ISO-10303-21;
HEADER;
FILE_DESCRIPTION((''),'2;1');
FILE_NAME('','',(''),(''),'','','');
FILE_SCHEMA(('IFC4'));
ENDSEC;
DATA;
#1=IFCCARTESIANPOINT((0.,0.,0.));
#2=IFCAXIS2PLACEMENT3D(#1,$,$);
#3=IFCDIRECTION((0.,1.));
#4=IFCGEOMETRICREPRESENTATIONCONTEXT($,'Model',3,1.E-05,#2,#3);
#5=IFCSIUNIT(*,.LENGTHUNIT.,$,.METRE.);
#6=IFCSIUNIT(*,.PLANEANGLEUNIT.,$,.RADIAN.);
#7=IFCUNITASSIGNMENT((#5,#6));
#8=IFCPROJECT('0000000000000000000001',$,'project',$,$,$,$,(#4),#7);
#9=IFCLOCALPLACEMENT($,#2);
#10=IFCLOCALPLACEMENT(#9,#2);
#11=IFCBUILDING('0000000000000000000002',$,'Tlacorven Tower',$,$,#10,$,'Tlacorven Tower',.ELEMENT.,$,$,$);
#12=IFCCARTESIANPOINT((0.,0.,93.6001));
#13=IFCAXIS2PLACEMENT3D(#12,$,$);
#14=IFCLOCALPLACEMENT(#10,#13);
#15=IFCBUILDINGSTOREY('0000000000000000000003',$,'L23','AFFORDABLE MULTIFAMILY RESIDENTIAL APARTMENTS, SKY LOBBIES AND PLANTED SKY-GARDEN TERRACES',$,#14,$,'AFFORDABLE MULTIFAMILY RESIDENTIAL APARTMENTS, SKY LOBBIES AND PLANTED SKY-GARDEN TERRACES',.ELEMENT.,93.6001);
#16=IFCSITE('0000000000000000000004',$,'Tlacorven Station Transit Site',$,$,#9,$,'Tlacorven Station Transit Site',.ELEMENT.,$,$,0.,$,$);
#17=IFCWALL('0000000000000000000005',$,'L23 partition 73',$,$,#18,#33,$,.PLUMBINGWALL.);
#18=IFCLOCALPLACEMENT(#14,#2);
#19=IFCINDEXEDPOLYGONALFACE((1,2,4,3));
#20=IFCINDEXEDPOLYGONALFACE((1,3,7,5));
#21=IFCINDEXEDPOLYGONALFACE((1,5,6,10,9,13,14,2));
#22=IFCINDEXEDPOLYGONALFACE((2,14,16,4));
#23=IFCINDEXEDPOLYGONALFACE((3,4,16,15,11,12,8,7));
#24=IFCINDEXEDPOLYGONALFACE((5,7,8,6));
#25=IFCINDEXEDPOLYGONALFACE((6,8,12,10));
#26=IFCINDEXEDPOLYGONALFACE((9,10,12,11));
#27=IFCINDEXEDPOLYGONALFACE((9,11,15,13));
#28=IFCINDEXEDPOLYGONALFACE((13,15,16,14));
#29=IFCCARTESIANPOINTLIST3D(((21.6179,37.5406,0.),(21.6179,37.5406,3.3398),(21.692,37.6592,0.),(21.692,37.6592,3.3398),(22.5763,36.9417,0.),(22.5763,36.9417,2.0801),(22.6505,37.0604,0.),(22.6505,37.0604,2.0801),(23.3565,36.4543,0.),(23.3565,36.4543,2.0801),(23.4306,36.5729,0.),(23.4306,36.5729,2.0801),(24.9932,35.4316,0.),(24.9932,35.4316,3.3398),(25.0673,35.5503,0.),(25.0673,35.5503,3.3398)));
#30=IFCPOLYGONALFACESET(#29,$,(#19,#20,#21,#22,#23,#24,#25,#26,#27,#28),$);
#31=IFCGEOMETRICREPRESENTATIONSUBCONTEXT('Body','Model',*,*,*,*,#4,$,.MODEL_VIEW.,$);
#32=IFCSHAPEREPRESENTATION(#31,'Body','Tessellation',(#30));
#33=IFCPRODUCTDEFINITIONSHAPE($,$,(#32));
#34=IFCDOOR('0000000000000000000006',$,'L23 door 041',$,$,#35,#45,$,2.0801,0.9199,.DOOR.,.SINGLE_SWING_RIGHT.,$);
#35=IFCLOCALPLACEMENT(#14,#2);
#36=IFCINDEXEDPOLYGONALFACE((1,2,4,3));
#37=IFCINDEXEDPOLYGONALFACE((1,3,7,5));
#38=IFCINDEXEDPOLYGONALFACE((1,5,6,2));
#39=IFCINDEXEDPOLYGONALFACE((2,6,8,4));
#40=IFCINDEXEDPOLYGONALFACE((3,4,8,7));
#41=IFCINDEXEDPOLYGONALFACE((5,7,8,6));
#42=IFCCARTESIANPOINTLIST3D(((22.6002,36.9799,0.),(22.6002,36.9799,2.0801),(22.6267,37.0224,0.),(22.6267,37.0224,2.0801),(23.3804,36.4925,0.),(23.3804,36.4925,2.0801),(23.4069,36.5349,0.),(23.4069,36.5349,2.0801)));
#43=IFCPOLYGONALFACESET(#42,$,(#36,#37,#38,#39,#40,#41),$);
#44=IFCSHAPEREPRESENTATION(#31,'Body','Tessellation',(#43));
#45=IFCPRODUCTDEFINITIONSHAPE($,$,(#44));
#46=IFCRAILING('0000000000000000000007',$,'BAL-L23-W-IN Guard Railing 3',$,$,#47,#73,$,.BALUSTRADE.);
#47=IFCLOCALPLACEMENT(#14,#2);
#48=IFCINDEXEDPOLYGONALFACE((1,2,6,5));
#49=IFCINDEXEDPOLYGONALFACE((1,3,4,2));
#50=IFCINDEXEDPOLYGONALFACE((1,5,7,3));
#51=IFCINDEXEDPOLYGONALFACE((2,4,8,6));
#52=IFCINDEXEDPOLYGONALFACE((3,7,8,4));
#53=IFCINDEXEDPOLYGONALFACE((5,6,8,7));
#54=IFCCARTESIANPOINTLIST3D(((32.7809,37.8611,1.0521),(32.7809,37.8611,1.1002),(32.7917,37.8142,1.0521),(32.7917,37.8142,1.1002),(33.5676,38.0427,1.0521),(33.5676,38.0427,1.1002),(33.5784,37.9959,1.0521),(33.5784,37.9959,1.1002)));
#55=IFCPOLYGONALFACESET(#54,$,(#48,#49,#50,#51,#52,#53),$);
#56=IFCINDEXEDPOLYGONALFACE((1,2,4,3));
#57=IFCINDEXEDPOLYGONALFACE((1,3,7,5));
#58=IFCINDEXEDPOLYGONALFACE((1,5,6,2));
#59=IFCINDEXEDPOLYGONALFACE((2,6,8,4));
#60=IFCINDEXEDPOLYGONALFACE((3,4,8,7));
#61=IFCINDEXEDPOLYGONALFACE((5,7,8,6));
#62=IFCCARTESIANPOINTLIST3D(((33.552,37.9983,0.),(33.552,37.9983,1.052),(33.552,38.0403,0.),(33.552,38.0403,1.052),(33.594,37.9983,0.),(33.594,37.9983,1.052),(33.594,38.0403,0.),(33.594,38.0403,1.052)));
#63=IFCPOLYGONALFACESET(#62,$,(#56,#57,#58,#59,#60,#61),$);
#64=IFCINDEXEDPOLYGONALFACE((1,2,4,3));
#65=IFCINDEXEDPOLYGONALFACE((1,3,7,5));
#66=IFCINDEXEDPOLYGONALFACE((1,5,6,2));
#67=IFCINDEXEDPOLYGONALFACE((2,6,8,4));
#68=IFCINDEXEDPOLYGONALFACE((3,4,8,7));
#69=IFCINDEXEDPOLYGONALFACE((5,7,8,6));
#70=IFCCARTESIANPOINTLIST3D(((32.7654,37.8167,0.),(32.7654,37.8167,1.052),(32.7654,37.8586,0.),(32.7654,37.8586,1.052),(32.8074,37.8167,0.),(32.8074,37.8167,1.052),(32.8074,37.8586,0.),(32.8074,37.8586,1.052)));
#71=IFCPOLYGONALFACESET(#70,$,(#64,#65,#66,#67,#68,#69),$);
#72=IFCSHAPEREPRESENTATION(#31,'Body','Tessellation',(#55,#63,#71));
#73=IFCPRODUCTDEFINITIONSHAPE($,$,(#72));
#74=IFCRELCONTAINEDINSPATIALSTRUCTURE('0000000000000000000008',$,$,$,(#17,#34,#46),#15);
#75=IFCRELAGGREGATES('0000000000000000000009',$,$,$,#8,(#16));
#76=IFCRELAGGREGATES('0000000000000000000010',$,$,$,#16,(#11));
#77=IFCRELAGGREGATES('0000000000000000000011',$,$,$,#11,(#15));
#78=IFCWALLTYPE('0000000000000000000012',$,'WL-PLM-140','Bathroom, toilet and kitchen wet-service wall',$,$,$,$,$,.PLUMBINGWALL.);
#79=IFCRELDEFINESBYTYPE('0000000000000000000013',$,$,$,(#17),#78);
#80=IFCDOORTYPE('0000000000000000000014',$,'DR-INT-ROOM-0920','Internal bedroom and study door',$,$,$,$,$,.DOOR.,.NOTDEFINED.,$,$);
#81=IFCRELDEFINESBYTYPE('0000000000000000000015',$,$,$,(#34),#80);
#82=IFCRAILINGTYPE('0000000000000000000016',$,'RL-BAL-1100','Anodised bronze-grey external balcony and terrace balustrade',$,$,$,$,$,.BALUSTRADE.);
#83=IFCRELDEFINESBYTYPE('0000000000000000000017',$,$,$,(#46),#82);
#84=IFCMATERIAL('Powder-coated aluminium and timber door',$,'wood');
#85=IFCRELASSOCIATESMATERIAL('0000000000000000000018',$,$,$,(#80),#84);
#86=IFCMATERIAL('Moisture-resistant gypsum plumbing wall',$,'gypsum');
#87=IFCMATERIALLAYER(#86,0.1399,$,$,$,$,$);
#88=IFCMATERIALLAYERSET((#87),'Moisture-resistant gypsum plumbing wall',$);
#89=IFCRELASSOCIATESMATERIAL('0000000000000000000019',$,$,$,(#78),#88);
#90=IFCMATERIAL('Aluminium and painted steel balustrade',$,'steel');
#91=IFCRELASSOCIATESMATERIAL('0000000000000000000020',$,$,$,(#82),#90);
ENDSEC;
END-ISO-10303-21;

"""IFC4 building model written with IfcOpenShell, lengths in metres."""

from ifc_helpers import new_model, si_unit, direction, frame, frame_2d, origin, origin_2d, place, context, subcontext, project, spatial, rectangle, extrude, source, transform, mapped, material, layer, layer_set, type_object, element, fill, save


model = new_model("IFC4")

# Units and contexts
model_context = context("Model", 3, precision=1e-05, world=origin(), true_north=direction((0.0, 1.0)))
body_context = subcontext(model_context, "Body", "Model", "MODEL_VIEW")
ifc_project = project(units=[si_unit("LENGTHUNIT", "METRE"), si_unit("PLANEANGLEUNIT", "RADIAN")], contexts=[model_context])

# Site, building, storey
site_placement = place(None, origin())
site = spatial("IfcSite", under=ifc_project, at=site_placement, Name="Tlacorven Station Transit Site", LongName="Tlacorven Station Transit Site", CompositionType="ELEMENT", RefElevation=0.0)
building_placement = place(site_placement, origin())
building = spatial("IfcBuilding", under=site, at=building_placement, Name="Tlacorven Tower", LongName="Tlacorven Tower", CompositionType="ELEMENT")
storey_placement = place(building_placement, frame((0.0, 0.0, 93.6001)))
storey = spatial("IfcBuildingStorey", under=building, at=storey_placement, Name="L23", Description="AFFORDABLE MULTIFAMILY RESIDENTIAL APARTMENTS, SKY LOBBIES AND PLANTED SKY-GARDEN TERRACES", LongName="AFFORDABLE MULTIFAMILY RESIDENTIAL APARTMENTS, SKY LOBBIES AND PLANTED SKY-GARDEN TERRACES", CompositionType="ELEMENT", Elevation=93.6001)

# Shared definitions
ifc_material_1 = material(Name="Powder-coated aluminium and timber door", Category="wood")

# Shared definitions
door_type_1 = type_object("IfcDoorType", Name="DR-INT-ROOM-0920", Description="Internal bedroom and study door", OperationType="NOTDEFINED", PredefinedType="DOOR", material=ifc_material_1)
shared_shape_1 = source(origin(), body_context, "Body", "SweptSolid", [
    extrude(rectangle(XDim=0.9199, YDim=2.0801, at=frame_2d((0.46, 1.04))), frame((0.0, 0.0249, 0.0), z_axis=(0.0, -1.0, 0.0), x_axis=(1.0, 0.0, 0.0)), (0.0, 0.0, 1.0), 0.05),
])

# Wall, opening, door
ifc_material_2 = material(Name="Moisture-resistant gypsum plumbing wall", Category="gypsum")
ifc_layer_1 = layer(ifc_material_2, 0.1399)
ifc_layer_set_1 = layer_set([ifc_layer_1], Name="Moisture-resistant gypsum plumbing wall")
wall_type_1 = type_object("IfcWallType", Name="WL-PLM-140", Description="Bathroom, toilet and kitchen wet-service wall", PredefinedType="PLUMBINGWALL", material=ifc_layer_set_1)
wall_1_placement = place(storey_placement, frame((25.0303, 35.491, 0.0), z_axis=(0.0, 0.0, 1.0), x_axis=(-0.848071, 0.529883, 0.0)))
wall_1 = element("IfcWall", 1, at=wall_1_placement, inside=storey, type_object=wall_type_1, Name="L23 partition 73", PredefinedType="PLUMBINGWALL", context=body_context, shape_type="SweptSolid", body=[
    extrude(rectangle(XDim=3.98, YDim=0.1399, at=frame_2d((1.99, 0.0))), origin(), (0.0, 0.0, 1.0), 3.3398),
])
opening_1_placement = place(wall_1_placement, frame((1.9299, 0.0, 0.0)))
opening_1 = element("IfcOpeningElement", 2, at=opening_1_placement, cuts=wall_1, PredefinedType="OPENING", context=body_context, shape_type="SweptSolid", body=[
    extrude(rectangle(XDim=0.9199, YDim=2.0801, at=frame_2d((0.46, 1.04))), frame((0.0, 0.0801, 0.0), z_axis=(0.0, -1.0, 0.0), x_axis=(1.0, 0.0, 0.0)), (0.0, 0.0, 1.0), 0.1599),
])
door_1_placement = place(opening_1_placement, origin())
door_1 = element("IfcDoor", 3, at=door_1_placement, inside=storey, type_object=door_type_1, Name="L23 door 041", OperationType="SINGLE_SWING_RIGHT", OverallHeight=2.0801, OverallWidth=0.9199, PredefinedType="DOOR", context=body_context, shape_type="MappedRepresentation", body=[
    mapped(shared_shape_1, transform((0.0, 0.0, 0.0), scale=1.0)),
])
fill(opening_1, door_1)

# Railing
ifc_material_3 = material(Name="Aluminium and painted steel balustrade", Category="steel")
railing_type = type_object("IfcRailingType", Name="RL-BAL-1100", Description="Anodised bronze-grey external balcony and terrace balustrade", PredefinedType="BALUSTRADE", material=ifc_material_3)
shared_shape_2 = source(origin(), body_context, "Body", "SweptSolid", [
    extrude(rectangle(XDim=0.0481, YDim=0.0481, at=origin_2d()), frame((0.0, 0.0, 1.0762), z_axis=(-0.974361, -0.224992, 0.0), x_axis=(0.224992, -0.974361, 0.0)), (0.0, 0.0, 1.0), 0.8074),
    extrude(rectangle(XDim=0.042, YDim=0.042, at=origin_2d()), origin(), (0.0, 0.0, 1.0), 1.052),
    extrude(rectangle(XDim=0.042, YDim=0.042, at=origin_2d()), frame((-0.7866, -0.1816, 0.0)), (0.0, 0.0, 1.0), 1.052),
])
railing_placement = place(storey_placement, frame((33.573, 38.0193, 0.0)))
element("IfcRailing", 4, at=railing_placement, inside=storey, type_object=railing_type, Name="BAL-L23-W-IN Guard Railing 3", PredefinedType="BALUSTRADE", context=body_context, shape_type="MappedRepresentation", body=[
    mapped(shared_shape_2, transform((0.0, 0.0, 0.0), scale=1.0)),
])

save(model, "model.ifc")
